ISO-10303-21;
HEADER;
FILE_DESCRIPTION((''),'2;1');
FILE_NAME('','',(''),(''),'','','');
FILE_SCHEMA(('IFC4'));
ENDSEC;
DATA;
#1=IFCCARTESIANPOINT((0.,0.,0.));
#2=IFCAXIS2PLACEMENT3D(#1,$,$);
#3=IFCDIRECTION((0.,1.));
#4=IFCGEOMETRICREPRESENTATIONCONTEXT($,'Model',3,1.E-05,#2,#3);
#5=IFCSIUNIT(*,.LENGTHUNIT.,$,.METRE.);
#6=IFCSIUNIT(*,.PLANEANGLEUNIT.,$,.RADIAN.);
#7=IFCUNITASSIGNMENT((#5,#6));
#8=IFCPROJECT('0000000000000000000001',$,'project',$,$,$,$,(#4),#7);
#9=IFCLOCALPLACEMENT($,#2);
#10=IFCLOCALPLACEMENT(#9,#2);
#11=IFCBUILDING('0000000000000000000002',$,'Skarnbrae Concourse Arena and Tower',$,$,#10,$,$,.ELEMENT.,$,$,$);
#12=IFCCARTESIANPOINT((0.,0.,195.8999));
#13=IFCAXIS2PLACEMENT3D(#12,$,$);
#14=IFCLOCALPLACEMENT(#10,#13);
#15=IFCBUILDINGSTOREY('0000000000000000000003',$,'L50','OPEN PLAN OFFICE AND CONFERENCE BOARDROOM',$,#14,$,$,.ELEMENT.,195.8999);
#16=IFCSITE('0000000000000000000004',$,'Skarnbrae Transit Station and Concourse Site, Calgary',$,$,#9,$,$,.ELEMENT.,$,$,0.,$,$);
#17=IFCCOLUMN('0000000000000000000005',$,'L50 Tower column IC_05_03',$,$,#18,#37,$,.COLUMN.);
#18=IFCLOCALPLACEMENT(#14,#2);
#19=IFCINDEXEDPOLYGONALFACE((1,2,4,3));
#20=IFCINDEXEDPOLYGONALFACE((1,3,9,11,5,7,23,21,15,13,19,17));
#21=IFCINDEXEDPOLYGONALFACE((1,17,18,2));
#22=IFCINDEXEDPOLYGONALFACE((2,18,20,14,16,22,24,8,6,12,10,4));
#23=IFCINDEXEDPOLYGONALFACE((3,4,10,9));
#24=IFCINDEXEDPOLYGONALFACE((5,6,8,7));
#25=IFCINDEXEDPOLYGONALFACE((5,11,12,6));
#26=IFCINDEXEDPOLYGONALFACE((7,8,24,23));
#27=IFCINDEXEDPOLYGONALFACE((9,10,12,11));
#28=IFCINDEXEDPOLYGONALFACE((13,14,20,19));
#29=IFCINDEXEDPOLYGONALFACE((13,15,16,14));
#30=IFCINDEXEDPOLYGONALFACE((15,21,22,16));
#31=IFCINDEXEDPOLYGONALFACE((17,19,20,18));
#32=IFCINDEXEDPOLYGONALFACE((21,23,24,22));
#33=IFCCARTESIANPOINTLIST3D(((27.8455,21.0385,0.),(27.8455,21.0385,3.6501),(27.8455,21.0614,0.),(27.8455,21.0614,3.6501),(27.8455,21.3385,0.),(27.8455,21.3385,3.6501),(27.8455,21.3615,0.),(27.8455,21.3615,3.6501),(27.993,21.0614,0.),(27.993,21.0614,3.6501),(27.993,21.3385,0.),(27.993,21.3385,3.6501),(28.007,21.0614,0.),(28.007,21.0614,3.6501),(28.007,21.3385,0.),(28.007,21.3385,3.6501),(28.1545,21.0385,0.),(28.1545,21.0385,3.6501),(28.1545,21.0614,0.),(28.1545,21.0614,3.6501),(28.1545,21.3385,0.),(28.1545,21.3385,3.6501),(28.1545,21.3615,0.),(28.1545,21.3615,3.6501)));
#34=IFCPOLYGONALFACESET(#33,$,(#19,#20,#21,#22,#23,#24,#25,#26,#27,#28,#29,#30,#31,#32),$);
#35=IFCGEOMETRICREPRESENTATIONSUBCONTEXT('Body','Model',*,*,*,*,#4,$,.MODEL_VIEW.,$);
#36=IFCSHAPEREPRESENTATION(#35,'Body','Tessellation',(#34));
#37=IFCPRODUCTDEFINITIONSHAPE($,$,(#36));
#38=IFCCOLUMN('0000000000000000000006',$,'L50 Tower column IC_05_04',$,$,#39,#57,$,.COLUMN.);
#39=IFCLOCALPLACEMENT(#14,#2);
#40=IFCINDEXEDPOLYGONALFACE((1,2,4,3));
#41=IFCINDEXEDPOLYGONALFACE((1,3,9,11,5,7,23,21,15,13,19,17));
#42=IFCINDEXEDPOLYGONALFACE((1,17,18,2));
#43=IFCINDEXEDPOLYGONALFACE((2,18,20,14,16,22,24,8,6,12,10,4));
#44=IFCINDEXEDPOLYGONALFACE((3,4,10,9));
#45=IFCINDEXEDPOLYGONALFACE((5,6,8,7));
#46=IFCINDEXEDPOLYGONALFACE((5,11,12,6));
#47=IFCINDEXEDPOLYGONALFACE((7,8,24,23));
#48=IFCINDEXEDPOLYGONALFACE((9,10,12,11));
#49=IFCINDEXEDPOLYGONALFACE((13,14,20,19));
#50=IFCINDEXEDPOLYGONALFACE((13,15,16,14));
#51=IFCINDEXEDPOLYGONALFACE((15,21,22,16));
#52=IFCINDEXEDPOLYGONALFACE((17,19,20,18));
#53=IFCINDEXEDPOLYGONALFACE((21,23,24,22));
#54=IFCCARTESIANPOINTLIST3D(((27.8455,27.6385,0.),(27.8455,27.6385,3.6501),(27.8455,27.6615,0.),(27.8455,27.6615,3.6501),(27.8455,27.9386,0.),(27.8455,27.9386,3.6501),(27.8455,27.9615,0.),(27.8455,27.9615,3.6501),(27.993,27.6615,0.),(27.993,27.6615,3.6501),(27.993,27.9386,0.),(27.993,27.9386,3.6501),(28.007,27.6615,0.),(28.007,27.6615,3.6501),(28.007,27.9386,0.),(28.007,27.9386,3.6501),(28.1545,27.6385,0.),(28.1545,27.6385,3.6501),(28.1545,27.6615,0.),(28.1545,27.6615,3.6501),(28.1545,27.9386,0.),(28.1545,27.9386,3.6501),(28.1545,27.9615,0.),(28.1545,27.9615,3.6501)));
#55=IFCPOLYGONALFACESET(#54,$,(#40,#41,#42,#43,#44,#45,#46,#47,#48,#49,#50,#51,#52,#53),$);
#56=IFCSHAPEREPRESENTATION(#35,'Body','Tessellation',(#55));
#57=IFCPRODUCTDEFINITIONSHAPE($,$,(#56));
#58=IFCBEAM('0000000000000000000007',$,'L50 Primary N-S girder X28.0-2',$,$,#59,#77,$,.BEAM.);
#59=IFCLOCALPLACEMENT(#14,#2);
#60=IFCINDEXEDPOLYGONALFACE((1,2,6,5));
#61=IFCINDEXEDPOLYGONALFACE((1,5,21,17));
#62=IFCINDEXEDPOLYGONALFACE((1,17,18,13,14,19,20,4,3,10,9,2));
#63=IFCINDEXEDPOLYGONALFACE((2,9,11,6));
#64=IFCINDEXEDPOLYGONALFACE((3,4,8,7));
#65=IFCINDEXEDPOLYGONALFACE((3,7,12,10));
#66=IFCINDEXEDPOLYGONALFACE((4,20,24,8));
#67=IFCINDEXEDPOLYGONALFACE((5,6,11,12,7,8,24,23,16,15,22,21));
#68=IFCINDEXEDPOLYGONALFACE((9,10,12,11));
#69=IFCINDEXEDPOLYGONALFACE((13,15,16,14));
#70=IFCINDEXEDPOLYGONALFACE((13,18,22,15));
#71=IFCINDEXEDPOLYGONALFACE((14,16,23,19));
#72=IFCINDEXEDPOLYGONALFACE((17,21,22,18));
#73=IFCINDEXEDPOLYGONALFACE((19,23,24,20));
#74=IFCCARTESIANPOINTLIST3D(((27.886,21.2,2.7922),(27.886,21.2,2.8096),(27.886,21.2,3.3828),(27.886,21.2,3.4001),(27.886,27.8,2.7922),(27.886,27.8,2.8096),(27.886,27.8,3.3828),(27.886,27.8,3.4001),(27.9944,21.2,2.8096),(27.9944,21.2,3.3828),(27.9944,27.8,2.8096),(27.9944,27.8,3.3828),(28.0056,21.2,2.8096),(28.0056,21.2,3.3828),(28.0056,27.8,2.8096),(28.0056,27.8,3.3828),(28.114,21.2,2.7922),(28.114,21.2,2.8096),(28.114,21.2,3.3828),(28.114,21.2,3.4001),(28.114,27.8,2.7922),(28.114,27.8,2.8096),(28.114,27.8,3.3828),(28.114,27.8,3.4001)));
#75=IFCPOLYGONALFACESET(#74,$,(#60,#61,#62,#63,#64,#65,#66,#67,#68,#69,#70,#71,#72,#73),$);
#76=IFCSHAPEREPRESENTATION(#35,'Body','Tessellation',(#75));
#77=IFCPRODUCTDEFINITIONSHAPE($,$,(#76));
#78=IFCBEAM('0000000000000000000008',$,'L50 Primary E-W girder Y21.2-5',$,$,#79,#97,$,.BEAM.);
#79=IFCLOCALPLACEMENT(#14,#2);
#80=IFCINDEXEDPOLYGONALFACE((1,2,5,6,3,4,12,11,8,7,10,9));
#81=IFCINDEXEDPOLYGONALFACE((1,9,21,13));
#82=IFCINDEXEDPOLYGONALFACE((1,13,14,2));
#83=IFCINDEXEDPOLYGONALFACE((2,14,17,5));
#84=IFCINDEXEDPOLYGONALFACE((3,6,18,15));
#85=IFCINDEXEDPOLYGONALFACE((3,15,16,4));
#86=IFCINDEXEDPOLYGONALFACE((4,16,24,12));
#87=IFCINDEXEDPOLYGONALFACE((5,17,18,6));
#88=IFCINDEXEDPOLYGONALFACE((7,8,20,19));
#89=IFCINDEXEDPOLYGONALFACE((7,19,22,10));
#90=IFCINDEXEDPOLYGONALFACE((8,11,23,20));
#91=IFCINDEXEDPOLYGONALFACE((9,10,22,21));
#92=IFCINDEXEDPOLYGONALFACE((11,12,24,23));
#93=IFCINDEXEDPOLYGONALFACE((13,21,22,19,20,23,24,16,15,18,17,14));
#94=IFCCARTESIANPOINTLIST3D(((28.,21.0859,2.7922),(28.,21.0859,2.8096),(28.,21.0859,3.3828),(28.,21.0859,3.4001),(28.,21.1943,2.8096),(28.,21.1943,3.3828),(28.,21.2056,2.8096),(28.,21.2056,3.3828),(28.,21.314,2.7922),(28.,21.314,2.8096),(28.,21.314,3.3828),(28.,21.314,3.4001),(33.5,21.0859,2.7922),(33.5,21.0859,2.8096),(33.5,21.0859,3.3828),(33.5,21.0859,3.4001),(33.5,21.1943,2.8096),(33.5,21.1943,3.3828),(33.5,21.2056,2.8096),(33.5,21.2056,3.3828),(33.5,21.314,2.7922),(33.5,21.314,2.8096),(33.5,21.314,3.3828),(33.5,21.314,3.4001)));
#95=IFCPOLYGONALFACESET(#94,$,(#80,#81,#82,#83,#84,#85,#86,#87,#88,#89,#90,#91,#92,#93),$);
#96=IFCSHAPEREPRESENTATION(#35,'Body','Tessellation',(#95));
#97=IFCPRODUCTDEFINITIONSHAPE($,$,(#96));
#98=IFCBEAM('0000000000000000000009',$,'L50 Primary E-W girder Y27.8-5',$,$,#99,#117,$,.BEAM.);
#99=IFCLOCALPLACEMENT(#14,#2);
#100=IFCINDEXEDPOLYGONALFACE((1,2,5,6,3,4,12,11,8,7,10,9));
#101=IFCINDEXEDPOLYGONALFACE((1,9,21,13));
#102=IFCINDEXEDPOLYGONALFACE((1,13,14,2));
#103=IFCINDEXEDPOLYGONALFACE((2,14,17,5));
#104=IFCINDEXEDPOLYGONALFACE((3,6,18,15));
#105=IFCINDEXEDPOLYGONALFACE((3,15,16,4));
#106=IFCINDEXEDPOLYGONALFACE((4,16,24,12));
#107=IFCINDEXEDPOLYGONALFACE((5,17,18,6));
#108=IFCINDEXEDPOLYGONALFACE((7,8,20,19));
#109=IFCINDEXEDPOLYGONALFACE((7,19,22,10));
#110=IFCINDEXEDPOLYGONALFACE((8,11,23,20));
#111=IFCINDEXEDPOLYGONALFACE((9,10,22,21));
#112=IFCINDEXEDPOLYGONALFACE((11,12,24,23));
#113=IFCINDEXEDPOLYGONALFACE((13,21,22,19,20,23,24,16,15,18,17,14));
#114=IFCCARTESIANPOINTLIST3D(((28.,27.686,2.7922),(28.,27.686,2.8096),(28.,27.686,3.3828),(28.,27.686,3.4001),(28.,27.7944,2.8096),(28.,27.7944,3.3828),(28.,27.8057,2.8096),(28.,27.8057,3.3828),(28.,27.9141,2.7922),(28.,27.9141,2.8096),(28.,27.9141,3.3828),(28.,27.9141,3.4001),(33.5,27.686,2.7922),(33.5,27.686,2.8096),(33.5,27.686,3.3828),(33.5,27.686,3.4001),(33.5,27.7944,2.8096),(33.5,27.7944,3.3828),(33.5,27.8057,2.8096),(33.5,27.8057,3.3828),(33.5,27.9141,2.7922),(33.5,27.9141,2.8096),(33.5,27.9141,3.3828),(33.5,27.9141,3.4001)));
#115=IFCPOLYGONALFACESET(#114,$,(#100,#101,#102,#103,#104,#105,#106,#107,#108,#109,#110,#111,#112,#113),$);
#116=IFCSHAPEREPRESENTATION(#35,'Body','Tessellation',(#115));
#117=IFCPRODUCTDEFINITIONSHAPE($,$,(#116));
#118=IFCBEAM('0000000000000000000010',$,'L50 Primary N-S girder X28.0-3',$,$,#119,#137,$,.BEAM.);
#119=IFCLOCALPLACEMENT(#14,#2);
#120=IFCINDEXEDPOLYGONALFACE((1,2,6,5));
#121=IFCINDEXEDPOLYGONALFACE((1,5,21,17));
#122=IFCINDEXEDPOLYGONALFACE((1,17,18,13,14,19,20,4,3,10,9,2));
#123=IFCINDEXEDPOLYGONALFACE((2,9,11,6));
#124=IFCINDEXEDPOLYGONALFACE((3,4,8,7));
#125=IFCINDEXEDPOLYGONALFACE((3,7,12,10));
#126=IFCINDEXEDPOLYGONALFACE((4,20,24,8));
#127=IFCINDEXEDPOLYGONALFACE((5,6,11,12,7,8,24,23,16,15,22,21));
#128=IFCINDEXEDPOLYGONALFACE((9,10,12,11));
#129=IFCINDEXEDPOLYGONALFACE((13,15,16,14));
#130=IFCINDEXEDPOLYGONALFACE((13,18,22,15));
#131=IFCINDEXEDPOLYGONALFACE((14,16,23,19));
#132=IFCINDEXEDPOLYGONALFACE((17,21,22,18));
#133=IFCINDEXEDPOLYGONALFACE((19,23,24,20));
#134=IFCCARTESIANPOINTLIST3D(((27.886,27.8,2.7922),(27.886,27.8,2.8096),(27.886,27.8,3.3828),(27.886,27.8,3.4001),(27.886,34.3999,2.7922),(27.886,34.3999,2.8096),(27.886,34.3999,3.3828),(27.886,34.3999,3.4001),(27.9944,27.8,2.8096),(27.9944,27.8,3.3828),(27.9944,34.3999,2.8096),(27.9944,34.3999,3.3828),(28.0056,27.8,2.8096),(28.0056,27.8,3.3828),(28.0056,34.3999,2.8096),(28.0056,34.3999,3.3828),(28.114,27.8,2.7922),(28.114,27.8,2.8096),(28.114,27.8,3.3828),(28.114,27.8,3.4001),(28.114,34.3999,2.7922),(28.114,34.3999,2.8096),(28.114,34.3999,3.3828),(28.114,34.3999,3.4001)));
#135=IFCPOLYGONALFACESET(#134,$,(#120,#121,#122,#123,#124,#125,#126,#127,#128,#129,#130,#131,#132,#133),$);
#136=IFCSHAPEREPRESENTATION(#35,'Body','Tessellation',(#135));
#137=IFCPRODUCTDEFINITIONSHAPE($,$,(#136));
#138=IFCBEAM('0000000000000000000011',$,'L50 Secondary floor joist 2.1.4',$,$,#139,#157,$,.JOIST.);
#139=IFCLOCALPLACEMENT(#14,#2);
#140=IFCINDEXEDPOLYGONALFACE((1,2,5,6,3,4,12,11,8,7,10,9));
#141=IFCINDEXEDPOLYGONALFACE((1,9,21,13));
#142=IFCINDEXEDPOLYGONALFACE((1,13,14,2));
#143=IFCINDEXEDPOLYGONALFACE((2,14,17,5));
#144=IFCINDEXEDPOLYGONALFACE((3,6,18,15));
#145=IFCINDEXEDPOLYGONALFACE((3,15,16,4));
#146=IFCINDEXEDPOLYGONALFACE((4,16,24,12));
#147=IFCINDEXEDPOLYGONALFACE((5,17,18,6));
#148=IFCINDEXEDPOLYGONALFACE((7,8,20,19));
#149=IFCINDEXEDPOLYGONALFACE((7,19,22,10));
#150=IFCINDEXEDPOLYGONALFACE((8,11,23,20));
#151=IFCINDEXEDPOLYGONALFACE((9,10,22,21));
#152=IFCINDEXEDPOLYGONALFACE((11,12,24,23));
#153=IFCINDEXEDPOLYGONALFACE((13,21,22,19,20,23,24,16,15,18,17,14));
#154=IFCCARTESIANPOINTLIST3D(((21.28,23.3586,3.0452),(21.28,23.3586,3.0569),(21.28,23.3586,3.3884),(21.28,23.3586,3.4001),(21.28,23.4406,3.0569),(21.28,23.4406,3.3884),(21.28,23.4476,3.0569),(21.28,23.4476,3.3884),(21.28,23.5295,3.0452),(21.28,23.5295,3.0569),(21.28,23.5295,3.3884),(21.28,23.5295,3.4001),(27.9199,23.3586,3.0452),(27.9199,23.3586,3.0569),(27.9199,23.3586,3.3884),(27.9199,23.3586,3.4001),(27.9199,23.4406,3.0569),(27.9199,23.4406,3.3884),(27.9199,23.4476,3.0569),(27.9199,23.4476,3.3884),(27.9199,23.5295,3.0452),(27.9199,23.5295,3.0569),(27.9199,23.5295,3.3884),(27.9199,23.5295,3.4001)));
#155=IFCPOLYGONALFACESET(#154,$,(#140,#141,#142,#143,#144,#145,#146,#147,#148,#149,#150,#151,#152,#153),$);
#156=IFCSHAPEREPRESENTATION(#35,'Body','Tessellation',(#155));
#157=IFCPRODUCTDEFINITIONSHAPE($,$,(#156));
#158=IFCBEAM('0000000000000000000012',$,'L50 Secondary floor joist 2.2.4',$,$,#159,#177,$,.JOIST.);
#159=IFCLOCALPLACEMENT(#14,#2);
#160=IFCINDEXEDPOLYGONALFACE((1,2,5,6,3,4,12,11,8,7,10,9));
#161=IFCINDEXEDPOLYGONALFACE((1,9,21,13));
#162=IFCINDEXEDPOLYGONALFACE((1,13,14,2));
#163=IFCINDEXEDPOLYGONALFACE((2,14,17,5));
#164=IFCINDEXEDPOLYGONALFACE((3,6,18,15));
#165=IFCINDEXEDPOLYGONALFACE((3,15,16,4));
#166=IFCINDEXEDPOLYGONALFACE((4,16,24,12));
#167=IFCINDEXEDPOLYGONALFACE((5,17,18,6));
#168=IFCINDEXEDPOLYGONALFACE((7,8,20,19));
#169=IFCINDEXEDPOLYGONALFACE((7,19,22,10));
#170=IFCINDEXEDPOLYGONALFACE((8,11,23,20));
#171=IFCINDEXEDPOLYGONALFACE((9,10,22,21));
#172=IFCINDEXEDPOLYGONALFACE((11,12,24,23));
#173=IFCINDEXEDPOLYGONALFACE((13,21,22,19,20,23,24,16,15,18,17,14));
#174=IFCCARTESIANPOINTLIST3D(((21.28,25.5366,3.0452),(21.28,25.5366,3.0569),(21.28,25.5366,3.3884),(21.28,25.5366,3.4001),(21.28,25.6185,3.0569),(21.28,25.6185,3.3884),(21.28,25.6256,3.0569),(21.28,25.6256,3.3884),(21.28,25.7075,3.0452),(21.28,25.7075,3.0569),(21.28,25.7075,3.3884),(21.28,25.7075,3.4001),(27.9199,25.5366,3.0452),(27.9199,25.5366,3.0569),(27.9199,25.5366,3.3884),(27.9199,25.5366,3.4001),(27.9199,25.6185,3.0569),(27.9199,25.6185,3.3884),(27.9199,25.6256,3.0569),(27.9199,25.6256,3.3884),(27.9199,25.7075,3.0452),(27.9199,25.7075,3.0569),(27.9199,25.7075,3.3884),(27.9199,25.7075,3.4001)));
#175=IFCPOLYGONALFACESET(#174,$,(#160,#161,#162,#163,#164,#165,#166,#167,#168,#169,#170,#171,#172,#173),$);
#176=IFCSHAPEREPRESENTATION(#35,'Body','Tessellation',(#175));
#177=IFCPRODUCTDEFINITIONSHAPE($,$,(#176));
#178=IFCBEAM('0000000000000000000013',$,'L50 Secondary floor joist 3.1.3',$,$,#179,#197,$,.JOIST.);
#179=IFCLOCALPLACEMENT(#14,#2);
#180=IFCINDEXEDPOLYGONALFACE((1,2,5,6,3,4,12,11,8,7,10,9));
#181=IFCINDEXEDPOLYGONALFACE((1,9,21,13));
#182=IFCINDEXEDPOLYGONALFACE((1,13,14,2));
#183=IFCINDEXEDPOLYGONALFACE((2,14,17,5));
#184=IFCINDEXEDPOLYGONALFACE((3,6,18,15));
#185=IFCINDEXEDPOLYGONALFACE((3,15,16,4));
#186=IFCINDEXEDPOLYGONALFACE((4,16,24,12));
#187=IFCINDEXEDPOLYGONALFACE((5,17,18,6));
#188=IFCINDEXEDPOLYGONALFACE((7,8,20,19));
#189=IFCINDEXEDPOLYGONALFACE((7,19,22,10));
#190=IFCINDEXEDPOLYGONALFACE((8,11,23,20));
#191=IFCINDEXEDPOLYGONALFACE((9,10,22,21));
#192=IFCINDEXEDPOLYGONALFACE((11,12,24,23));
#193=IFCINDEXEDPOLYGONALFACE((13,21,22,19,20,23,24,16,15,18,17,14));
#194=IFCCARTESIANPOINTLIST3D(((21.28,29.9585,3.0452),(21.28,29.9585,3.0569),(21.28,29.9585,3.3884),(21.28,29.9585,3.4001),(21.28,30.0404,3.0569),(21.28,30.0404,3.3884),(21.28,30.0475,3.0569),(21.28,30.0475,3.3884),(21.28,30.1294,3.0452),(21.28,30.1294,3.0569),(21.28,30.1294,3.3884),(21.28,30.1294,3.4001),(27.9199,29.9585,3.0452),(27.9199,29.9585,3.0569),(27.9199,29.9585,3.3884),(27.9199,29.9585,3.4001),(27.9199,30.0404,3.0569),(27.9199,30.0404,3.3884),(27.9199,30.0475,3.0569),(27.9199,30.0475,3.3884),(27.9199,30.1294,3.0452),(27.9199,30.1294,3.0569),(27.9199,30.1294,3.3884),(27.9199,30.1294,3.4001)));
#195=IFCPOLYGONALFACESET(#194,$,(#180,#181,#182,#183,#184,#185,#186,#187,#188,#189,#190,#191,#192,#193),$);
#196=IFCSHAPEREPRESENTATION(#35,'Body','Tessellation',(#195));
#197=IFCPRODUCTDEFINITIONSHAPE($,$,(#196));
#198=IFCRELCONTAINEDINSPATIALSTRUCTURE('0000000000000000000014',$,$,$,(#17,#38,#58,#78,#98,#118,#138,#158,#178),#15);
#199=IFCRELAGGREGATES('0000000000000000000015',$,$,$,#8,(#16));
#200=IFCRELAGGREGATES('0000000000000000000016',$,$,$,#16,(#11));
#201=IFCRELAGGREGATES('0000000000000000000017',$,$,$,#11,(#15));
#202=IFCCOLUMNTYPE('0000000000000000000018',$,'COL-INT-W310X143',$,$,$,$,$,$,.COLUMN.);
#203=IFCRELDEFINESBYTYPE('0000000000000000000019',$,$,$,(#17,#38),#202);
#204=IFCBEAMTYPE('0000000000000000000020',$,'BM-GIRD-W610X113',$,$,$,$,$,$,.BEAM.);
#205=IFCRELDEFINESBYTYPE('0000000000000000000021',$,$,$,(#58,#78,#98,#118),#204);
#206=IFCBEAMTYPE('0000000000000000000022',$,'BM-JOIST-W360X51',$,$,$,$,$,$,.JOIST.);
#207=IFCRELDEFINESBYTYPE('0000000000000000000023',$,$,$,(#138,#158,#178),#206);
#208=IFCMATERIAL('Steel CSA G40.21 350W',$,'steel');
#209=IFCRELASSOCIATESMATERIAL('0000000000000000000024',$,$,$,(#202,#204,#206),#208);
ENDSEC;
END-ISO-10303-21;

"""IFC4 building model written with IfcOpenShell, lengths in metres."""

from ifc_helpers import new_model, si_unit, direction, frame, origin, origin_2d, place, context, subcontext, project, spatial, i_section, extrude, source, transform, mapped, material, material_profile, profile_set, type_object, element, save


model = new_model("IFC4")

# Units and contexts
model_context = context("Model", 3, precision=1e-05, world=origin(), true_north=direction((0.0, 1.0)))
body_context = subcontext(model_context, "Body", "Model", "MODEL_VIEW")
ifc_project = project(units=[si_unit("LENGTHUNIT", "METRE"), si_unit("PLANEANGLEUNIT", "RADIAN")], contexts=[model_context])

# Site, building, storey
site_placement = place(None, origin())
site = spatial("IfcSite", under=ifc_project, at=site_placement, Name="Skarnbrae Transit Station and Concourse Site, Calgary", CompositionType="ELEMENT", RefElevation=0.0)
building_placement = place(site_placement, origin())
building = spatial("IfcBuilding", under=site, at=building_placement, Name="Skarnbrae Concourse Arena and Tower", CompositionType="ELEMENT")
storey_placement = place(building_placement, frame((0.0, 0.0, 195.8999)))
storey = spatial("IfcBuildingStorey", under=building, at=storey_placement, Name="L50", Description="OPEN PLAN OFFICE AND CONFERENCE BOARDROOM", CompositionType="ELEMENT", Elevation=195.8999)

# Columns
ifc_material_1 = material(Name="Steel CSA G40.21 350W", Category="steel")
ifc_material_profile_1 = material_profile(ifc_material_1, i_section(OverallWidth=0.3091, OverallDepth=0.323, WebThickness=0.0139, FlangeThickness=0.0229, at=origin_2d()), Name="W310X143")
ifc_profile_set_1 = profile_set([ifc_material_profile_1], Name="Steel CSA G40.21 350W")
column_type = type_object("IfcColumnType", Name="COL-INT-W310X143", PredefinedType="COLUMN", material=ifc_profile_set_1)
shared_shape_1 = source(origin(), body_context, "Body", "SweptSolid", [
    extrude(i_section(OverallWidth=0.3091, OverallDepth=0.323, WebThickness=0.0139, FlangeThickness=0.0229, at=origin_2d()), origin(), (0.0, 0.0, 1.0), 3.6501),
])
for number, where, z_axis, x_axis, name in (
    (1, (28.0, 21.2, 0.0), (0.0, 0.0, 1.0), (1.0, 0.0, 0.0), "L50 Tower column IC_05_03"),
    (2, (28.0, 27.8, 0.0), (0.0, 0.0, 1.0), (1.0, 0.0, 0.0), "L50 Tower column IC_05_04"),
):
    element("IfcColumn", number, at=place(storey_placement, frame(where, z_axis=z_axis, x_axis=x_axis)), inside=storey, type_object=column_type, Name=name, PredefinedType="COLUMN", context=body_context, shape_type="MappedRepresentation", body=[
        mapped(shared_shape_1, transform((0.0, 0.0, 0.0))),
    ])

# Beams
ifc_material_profile_2 = material_profile(ifc_material_1, i_section(OverallWidth=0.228, OverallDepth=0.6079, WebThickness=0.0112, FlangeThickness=0.0173, at=origin_2d()), Name="W610X113")
ifc_profile_set_2 = profile_set([ifc_material_profile_2], Name="Steel CSA G40.21 350W")
beam_type_1 = type_object("IfcBeamType", Name="BM-GIRD-W610X113", PredefinedType="BEAM", material=ifc_profile_set_2)
shared_shape_2 = source(origin(), body_context, "Body", "SweptSolid", [
    extrude(i_section(OverallWidth=0.228, OverallDepth=0.6079, WebThickness=0.0112, FlangeThickness=0.0173, at=origin_2d()), origin(), (0.0, 0.0, 1.0), 6.6001),
])
beam_1_placement = place(storey_placement, frame((28.0, 21.2, 3.0962), z_axis=(0.0, 1.0, 0.0), x_axis=(-1.0, 0.0, 0.0)))
element("IfcBeam", 3, at=beam_1_placement, inside=storey, type_object=beam_type_1, Name="L50 Primary N-S girder X28.0-2", PredefinedType="BEAM", context=body_context, shape_type="MappedRepresentation", body=[
    mapped(shared_shape_2, transform((0.0, 0.0, 0.0))),
])
shared_shape_3 = source(origin(), body_context, "Body", "SweptSolid", [
    extrude(i_section(OverallWidth=0.228, OverallDepth=0.6079, WebThickness=0.0112, FlangeThickness=0.0173, at=origin_2d()), origin(), (0.0, 0.0, 1.0), 5.5),
])
for number, where, z_axis, x_axis, name in (
    (4, (28.0, 21.2, 3.0962), (1.0, 0.0, 0.0), (0.0, 1.0, 0.0), "L50 Primary E-W girder Y21.2-5"),
    (5, (28.0, 27.8, 3.0962), (1.0, 0.0, 0.0), (0.0, 1.0, 0.0), "L50 Primary E-W girder Y27.8-5"),
):
    element("IfcBeam", number, at=place(storey_placement, frame(where, z_axis=z_axis, x_axis=x_axis)), inside=storey, type_object=beam_type_1, Name=name, PredefinedType="BEAM", context=body_context, shape_type="MappedRepresentation", body=[
        mapped(shared_shape_3, transform((0.0, 0.0, 0.0))),
    ])
shared_shape_4 = source(origin(), body_context, "Body", "SweptSolid", [
    extrude(i_section(OverallWidth=0.228, OverallDepth=0.6079, WebThickness=0.0112, FlangeThickness=0.0173, at=origin_2d()), origin(), (0.0, 0.0, 1.0), 6.5999),
])
beam_2_placement = place(storey_placement, frame((28.0, 27.8, 3.0962), z_axis=(0.0, 1.0, 0.0), x_axis=(-1.0, 0.0, 0.0)))
element("IfcBeam", 6, at=beam_2_placement, inside=storey, type_object=beam_type_1, Name="L50 Primary N-S girder X28.0-3", PredefinedType="BEAM", context=body_context, shape_type="MappedRepresentation", body=[
    mapped(shared_shape_4, transform((0.0, 0.0, 0.0))),
])
ifc_material_profile_3 = material_profile(ifc_material_1, i_section(OverallWidth=0.1709, OverallDepth=0.355, WebThickness=0.0071, FlangeThickness=0.0117, at=origin_2d()), Name="W360X51")
ifc_profile_set_3 = profile_set([ifc_material_profile_3], Name="Steel CSA G40.21 350W")
beam_type_2 = type_object("IfcBeamType", Name="BM-JOIST-W360X51", PredefinedType="JOIST", material=ifc_profile_set_3)
shared_shape_5 = source(origin(), body_context, "Body", "SweptSolid", [
    extrude(i_section(OverallWidth=0.1709, OverallDepth=0.355, WebThickness=0.0071, FlangeThickness=0.0117, at=origin_2d()), origin(), (0.0, 0.0, 1.0), 6.6399),
])
for number, where, z_axis, x_axis, name in (
    (7, (21.28, 23.4441, 3.2227), (1.0, 0.0, 0.0), (0.0, 1.0, 0.0), "L50 Secondary floor joist 2.1.4"),
    (8, (21.28, 25.6221, 3.2227), (1.0, 0.0, 0.0), (0.0, 1.0, 0.0), "L50 Secondary floor joist 2.2.4"),
    (9, (21.28, 30.0439, 3.2227), (1.0, 0.0, 0.0), (0.0, 1.0, 0.0), "L50 Secondary floor joist 3.1.3"),
):
    element("IfcBeam", number, at=place(storey_placement, frame(where, z_axis=z_axis, x_axis=x_axis)), inside=storey, type_object=beam_type_2, Name=name, PredefinedType="JOIST", context=body_context, shape_type="MappedRepresentation", body=[
        mapped(shared_shape_5, transform((0.0, 0.0, 0.0))),
    ])

save(model, "model.ifc")
